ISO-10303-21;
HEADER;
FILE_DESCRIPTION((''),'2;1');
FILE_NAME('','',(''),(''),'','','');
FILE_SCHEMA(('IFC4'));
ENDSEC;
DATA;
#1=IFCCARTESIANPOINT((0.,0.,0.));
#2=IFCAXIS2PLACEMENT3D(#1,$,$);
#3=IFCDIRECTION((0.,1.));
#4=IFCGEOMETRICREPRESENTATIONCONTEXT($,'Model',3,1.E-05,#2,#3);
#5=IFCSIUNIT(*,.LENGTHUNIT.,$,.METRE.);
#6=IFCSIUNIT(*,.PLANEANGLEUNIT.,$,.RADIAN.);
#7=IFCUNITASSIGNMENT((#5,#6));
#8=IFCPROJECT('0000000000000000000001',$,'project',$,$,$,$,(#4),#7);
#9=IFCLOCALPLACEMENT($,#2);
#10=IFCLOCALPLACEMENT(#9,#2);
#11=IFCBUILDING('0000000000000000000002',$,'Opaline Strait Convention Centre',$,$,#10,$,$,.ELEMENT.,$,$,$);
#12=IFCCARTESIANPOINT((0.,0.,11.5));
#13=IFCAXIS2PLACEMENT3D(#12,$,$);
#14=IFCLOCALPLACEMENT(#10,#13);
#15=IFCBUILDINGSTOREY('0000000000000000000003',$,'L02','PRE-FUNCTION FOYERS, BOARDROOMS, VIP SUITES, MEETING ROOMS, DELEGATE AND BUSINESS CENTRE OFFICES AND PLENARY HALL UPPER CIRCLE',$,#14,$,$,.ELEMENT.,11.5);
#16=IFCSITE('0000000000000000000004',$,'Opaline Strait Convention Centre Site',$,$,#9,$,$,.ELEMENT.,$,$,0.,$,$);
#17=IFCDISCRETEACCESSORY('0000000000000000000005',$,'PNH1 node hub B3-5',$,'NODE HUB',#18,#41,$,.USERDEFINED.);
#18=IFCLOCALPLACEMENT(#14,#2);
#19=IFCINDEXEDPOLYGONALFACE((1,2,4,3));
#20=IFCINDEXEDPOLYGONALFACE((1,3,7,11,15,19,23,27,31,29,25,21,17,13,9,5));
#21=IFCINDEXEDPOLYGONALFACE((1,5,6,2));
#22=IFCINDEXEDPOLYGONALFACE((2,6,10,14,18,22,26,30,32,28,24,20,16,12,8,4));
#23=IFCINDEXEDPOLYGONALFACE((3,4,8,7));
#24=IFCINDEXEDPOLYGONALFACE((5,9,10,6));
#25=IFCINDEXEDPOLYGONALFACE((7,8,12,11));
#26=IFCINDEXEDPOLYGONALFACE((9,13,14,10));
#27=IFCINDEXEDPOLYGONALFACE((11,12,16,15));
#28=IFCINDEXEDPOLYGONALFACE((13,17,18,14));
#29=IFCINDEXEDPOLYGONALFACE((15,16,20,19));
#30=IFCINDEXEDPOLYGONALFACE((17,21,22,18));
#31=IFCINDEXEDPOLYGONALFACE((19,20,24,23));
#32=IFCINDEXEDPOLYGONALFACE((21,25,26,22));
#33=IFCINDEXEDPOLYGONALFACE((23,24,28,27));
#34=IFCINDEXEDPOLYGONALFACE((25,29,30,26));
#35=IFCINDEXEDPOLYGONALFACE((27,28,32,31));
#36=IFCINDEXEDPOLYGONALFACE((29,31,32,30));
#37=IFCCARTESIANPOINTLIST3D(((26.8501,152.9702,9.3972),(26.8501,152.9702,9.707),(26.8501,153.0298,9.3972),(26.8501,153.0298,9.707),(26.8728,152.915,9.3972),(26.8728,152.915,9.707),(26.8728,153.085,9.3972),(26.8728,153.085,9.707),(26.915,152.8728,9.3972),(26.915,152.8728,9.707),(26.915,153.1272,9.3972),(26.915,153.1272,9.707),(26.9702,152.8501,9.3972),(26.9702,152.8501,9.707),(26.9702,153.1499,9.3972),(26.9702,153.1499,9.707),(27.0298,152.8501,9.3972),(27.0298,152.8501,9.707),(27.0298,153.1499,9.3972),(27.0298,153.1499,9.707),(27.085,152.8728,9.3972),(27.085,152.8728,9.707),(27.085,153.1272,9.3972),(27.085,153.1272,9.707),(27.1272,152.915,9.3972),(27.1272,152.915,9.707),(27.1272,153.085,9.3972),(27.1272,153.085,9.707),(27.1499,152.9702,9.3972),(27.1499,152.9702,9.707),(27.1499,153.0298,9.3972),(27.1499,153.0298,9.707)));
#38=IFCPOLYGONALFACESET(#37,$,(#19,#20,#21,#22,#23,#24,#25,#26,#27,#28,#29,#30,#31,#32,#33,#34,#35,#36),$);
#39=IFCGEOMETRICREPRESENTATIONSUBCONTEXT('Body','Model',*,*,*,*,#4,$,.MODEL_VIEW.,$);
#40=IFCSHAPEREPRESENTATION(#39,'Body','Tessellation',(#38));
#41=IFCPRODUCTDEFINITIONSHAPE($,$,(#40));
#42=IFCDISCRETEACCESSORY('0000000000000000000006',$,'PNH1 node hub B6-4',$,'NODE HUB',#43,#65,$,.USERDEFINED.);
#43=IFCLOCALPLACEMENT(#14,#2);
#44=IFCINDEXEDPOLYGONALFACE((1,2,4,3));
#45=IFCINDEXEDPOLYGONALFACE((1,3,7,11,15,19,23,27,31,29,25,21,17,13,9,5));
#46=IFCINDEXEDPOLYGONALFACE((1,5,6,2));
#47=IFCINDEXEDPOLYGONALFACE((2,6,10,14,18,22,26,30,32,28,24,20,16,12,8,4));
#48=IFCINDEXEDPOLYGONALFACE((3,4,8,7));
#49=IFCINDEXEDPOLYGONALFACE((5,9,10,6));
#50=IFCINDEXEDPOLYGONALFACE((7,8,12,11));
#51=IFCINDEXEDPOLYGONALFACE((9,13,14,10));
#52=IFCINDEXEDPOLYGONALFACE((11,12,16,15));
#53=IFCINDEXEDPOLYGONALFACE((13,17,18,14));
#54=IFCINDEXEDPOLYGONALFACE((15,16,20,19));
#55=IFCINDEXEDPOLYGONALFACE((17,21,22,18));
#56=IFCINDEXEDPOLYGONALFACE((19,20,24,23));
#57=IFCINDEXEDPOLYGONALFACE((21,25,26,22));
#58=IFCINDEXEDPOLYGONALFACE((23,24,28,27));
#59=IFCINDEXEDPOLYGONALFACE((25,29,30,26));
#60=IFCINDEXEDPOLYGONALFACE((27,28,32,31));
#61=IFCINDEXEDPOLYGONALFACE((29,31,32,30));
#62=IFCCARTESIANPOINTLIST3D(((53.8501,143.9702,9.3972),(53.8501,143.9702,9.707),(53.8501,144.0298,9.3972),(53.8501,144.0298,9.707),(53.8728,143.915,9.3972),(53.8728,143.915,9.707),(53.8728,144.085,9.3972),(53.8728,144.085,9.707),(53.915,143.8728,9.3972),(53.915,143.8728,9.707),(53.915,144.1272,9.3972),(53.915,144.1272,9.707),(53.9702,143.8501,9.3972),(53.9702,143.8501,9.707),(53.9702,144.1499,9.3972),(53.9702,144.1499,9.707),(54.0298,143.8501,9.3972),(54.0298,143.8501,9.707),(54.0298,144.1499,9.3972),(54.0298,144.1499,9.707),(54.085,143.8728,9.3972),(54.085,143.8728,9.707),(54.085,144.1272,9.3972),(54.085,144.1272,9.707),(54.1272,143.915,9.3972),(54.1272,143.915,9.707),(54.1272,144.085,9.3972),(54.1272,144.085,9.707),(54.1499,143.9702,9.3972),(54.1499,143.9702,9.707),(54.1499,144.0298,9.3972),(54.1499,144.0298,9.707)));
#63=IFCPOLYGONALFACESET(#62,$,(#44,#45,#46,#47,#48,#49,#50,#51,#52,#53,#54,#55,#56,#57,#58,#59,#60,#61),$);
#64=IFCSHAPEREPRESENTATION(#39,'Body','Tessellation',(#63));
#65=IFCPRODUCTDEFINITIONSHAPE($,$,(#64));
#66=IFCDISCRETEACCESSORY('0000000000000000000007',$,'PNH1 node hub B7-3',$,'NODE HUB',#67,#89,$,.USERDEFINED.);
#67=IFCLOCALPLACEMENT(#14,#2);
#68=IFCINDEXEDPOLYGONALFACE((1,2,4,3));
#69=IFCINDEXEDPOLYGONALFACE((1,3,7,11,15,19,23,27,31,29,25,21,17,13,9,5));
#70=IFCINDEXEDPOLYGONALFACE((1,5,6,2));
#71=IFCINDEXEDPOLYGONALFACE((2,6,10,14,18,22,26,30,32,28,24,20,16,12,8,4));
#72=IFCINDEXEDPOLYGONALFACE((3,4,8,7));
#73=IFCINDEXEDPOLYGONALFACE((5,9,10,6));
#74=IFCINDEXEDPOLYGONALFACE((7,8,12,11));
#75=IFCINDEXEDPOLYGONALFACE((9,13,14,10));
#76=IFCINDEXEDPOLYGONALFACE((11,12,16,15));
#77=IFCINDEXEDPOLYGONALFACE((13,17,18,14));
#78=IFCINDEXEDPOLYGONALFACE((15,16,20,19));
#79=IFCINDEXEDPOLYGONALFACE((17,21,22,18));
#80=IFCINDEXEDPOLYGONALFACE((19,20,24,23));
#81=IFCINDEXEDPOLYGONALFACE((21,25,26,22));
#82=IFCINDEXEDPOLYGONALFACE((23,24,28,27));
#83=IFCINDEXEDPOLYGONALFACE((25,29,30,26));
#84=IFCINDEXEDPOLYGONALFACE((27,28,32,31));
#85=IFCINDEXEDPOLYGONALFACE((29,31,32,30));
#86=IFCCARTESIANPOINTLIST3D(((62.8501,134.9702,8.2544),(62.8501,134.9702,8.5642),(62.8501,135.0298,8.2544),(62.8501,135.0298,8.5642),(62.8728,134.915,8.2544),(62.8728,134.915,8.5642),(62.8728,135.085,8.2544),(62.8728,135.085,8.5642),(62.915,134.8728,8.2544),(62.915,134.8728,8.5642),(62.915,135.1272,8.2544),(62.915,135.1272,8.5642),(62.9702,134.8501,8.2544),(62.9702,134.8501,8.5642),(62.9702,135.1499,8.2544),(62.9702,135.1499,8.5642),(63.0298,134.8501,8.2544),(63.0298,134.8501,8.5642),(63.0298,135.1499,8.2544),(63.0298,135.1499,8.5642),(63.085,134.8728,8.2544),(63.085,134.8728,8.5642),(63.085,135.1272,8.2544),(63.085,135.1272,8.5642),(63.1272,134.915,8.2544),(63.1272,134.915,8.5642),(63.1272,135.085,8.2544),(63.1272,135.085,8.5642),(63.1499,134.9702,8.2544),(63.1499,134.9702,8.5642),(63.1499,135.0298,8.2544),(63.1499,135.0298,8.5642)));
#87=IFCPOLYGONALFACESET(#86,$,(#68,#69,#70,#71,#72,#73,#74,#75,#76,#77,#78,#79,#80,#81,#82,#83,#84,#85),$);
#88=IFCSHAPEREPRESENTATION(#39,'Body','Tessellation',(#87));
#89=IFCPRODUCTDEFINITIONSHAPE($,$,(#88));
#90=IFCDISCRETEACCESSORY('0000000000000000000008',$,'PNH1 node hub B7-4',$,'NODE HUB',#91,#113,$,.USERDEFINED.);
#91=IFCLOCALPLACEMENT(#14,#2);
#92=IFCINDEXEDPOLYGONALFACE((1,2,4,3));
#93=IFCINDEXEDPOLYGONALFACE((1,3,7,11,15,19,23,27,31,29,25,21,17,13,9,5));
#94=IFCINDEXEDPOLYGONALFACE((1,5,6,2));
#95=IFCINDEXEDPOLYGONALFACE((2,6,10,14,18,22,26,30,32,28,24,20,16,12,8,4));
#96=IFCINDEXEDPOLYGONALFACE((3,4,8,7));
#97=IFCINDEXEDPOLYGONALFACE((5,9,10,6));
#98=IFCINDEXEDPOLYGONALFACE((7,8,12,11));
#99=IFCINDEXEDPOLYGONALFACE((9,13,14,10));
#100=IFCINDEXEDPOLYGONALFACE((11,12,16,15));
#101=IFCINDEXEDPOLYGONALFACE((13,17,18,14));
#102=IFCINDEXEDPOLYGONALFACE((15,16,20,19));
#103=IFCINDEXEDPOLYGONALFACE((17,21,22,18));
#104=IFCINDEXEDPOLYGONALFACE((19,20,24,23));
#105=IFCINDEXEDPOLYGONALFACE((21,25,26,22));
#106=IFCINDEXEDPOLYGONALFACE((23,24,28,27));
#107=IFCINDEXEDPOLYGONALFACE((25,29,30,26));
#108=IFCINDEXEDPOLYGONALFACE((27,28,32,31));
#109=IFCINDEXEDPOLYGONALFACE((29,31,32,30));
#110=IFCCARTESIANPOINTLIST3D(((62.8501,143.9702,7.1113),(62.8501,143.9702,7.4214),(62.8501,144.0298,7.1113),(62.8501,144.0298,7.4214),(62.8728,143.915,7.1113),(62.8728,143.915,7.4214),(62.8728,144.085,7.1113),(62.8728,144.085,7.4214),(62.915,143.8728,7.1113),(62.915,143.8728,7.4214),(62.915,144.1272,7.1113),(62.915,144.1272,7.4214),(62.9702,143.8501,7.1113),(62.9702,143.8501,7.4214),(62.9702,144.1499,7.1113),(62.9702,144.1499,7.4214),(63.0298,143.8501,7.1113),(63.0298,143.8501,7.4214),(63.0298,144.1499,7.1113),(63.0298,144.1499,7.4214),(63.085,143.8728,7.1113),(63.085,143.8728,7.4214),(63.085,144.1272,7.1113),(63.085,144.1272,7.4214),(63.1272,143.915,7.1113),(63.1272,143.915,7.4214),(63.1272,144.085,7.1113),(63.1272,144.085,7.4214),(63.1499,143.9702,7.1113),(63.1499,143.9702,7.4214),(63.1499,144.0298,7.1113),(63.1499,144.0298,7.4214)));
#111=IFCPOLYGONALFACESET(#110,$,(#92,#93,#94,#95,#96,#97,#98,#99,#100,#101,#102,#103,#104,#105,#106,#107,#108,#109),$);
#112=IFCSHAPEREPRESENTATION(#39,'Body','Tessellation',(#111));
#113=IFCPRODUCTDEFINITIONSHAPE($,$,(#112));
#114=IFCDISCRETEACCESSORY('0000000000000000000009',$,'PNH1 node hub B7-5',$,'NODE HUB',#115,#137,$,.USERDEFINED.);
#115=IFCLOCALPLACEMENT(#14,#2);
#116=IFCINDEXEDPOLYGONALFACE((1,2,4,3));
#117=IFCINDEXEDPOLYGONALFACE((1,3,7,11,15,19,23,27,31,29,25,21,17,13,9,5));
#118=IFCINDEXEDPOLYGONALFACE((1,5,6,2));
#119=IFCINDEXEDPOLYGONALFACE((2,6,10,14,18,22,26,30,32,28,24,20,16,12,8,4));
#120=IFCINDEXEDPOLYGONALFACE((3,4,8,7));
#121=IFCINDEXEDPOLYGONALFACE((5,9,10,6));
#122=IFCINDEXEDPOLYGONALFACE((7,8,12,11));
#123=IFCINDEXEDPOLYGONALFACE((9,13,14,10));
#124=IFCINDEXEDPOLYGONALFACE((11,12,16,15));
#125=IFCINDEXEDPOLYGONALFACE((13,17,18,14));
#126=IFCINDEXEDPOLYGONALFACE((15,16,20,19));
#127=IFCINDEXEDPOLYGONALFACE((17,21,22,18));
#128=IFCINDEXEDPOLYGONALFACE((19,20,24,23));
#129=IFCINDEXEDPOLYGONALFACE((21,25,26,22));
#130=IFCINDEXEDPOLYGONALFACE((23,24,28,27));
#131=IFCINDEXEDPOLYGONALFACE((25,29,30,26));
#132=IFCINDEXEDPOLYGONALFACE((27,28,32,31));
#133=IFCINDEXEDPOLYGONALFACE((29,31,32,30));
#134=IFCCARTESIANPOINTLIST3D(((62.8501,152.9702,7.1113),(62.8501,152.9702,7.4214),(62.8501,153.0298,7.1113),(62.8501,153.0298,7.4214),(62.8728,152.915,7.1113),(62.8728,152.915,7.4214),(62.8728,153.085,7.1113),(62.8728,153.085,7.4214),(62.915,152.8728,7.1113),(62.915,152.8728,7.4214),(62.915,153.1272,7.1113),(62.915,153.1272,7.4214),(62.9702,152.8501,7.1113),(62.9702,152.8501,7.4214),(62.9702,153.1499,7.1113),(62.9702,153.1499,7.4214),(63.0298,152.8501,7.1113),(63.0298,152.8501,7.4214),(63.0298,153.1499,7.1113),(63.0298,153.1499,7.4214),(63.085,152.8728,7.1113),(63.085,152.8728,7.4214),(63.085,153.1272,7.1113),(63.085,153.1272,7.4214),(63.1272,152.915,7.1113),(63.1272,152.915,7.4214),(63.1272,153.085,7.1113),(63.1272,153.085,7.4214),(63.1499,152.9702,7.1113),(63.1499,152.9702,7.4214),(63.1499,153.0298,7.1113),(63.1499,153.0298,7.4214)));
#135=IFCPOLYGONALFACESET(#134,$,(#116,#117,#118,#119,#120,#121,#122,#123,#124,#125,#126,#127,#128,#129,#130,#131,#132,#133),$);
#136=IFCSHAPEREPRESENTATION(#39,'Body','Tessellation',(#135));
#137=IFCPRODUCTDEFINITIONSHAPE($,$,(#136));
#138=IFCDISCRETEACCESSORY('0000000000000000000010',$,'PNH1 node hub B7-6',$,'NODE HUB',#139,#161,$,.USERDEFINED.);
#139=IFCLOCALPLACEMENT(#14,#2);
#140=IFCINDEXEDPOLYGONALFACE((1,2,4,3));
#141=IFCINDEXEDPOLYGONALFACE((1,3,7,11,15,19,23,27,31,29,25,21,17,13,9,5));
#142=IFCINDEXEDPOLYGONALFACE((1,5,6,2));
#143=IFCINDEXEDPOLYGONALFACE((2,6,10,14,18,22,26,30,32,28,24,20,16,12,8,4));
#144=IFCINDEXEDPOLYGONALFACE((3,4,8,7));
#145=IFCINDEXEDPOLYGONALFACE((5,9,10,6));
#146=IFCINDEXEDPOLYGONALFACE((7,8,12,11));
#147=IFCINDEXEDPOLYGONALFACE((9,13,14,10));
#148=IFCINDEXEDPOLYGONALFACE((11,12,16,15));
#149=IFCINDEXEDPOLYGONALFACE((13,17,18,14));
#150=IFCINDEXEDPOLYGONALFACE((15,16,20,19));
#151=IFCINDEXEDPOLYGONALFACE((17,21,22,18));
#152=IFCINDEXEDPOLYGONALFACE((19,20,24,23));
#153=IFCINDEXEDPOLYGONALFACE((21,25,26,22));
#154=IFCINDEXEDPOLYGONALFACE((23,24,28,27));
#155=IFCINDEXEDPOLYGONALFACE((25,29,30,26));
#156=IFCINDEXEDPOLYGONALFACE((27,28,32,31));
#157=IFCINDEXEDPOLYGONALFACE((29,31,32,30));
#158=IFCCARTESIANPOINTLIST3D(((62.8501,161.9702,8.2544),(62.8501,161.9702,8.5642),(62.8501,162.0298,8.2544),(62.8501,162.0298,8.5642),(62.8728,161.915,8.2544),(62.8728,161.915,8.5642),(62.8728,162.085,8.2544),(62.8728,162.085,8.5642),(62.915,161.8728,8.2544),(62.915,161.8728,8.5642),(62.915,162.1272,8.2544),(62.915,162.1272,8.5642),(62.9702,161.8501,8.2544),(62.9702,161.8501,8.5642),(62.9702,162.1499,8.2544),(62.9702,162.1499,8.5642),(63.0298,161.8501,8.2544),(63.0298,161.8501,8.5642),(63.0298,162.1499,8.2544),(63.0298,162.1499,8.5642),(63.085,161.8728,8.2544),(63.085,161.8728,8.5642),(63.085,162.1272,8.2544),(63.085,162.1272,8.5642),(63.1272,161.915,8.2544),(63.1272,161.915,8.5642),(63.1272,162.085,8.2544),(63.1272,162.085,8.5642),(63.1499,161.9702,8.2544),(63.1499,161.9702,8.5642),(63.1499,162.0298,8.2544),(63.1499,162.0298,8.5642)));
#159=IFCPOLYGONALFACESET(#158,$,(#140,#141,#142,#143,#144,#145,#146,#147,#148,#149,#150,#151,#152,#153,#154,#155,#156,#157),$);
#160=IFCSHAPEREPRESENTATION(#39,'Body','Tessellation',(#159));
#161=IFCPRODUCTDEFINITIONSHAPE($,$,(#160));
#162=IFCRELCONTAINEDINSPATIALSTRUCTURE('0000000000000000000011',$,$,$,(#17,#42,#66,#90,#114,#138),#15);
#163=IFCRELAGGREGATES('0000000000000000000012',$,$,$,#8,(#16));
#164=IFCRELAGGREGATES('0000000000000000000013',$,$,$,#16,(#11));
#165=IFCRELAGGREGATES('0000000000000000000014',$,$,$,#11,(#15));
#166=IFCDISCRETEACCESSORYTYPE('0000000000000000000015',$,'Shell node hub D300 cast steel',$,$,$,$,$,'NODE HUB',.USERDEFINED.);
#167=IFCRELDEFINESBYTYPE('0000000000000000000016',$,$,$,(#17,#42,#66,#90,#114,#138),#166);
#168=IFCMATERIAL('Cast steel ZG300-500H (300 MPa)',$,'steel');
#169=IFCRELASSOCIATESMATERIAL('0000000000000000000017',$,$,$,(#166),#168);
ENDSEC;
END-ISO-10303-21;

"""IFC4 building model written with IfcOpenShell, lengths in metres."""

from ifc_helpers import new_model, si_unit, direction, frame, origin, place, context, subcontext, project, spatial, polyline, outline, extrude, material, type_object, element, save


model = new_model("IFC4")

# Units and contexts
model_context = context("Model", 3, precision=1e-05, world=origin(), true_north=direction((0.0, 1.0)))
body_context = subcontext(model_context, "Body", "Model", "MODEL_VIEW")
ifc_project = project(units=[si_unit("LENGTHUNIT", "METRE"), si_unit("PLANEANGLEUNIT", "RADIAN")], contexts=[model_context])

# Site, building, storey
site_placement = place(None, origin())
site = spatial("IfcSite", under=ifc_project, at=site_placement, Name="Opaline Strait Convention Centre Site", CompositionType="ELEMENT", RefElevation=0.0)
building_placement = place(site_placement, origin())
building = spatial("IfcBuilding", under=site, at=building_placement, Name="Opaline Strait Convention Centre", CompositionType="ELEMENT")
storey_placement = place(building_placement, frame((0.0, 0.0, 11.5)))
storey = spatial("IfcBuildingStorey", under=building, at=storey_placement, Name="L02", Description="PRE-FUNCTION FOYERS, BOARDROOMS, VIP SUITES, MEETING ROOMS, DELEGATE AND BUSINESS CENTRE OFFICES AND PLENARY HALL UPPER CIRCLE", CompositionType="ELEMENT", Elevation=11.5)

# Discrete accessories
ifc_material = material(Name="Cast steel ZG300-500H (300 MPa)", Category="steel")
discrete_accessory_type = type_object("IfcDiscreteAccessoryType", Name="Shell node hub D300 cast steel", ElementType="NODE HUB", PredefinedType="USERDEFINED", material=ifc_material)
discrete_accessory_1_placement = place(storey_placement, frame((0.0, 0.0, 9.3972)))
element("IfcDiscreteAccessory", 1, at=discrete_accessory_1_placement, inside=storey, type_object=discrete_accessory_type, Name="PNH1 node hub B3-5", ObjectType="NODE HUB", PredefinedType="USERDEFINED", context=body_context, shape_type="SweptSolid", body=[
    extrude(outline(polyline([(27.1499, 153.0298), (27.1272, 153.085), (27.085, 153.1272), (27.0298, 153.1499), (26.9702, 153.1499), (26.915, 153.1272), (26.8728, 153.085), (26.8501, 153.0298), (26.8501, 152.9702), (26.8728, 152.915), (26.915, 152.8728), (26.9702, 152.8501), (27.0298, 152.8501), (27.085, 152.8728), (27.1272, 152.915), (27.1499, 152.9702), (27.1499, 153.0298)])), origin(), (0.0, 0.0, 1.0), 0.3098),
])
discrete_accessory_2_placement = place(storey_placement, frame((0.0, 0.0, 9.3972)))
element("IfcDiscreteAccessory", 2, at=discrete_accessory_2_placement, inside=storey, type_object=discrete_accessory_type, Name="PNH1 node hub B6-4", ObjectType="NODE HUB", PredefinedType="USERDEFINED", context=body_context, shape_type="SweptSolid", body=[
    extrude(outline(polyline([(54.1499, 144.0298), (54.1272, 144.085), (54.085, 144.1272), (54.0298, 144.1499), (53.9702, 144.1499), (53.915, 144.1272), (53.8728, 144.085), (53.8501, 144.0298), (53.8501, 143.9702), (53.8728, 143.915), (53.915, 143.8728), (53.9702, 143.8501), (54.0298, 143.8501), (54.085, 143.8728), (54.1272, 143.915), (54.1499, 143.9702), (54.1499, 144.0298)])), origin(), (0.0, 0.0, 1.0), 0.3098),
])
discrete_accessory_3_placement = place(storey_placement, frame((0.0, 0.0, 8.2544)))
element("IfcDiscreteAccessory", 3, at=discrete_accessory_3_placement, inside=storey, type_object=discrete_accessory_type, Name="PNH1 node hub B7-3", ObjectType="NODE HUB", PredefinedType="USERDEFINED", context=body_context, shape_type="SweptSolid", body=[
    extrude(outline(polyline([(63.1499, 135.0298), (63.1272, 135.085), (63.085, 135.1272), (63.0298, 135.1499), (62.9702, 135.1499), (62.915, 135.1272), (62.8728, 135.085), (62.8501, 135.0298), (62.8501, 134.9702), (62.8728, 134.915), (62.915, 134.8728), (62.9702, 134.8501), (63.0298, 134.8501), (63.085, 134.8728), (63.1272, 134.915), (63.1499, 134.9702), (63.1499, 135.0298)])), origin(), (0.0, 0.0, 1.0), 0.3098),
])
discrete_accessory_4_placement = place(storey_placement, frame((0.0, 0.0, 7.1113)))
element("IfcDiscreteAccessory", 4, at=discrete_accessory_4_placement, inside=storey, type_object=discrete_accessory_type, Name="PNH1 node hub B7-4", ObjectType="NODE HUB", PredefinedType="USERDEFINED", context=body_context, shape_type="SweptSolid", body=[
    extrude(outline(polyline([(63.1499, 144.0298), (63.1272, 144.085), (63.085, 144.1272), (63.0298, 144.1499), (62.9702, 144.1499), (62.915, 144.1272), (62.8728, 144.085), (62.8501, 144.0298), (62.8501, 143.9702), (62.8728, 143.915), (62.915, 143.8728), (62.9702, 143.8501), (63.0298, 143.8501), (63.085, 143.8728), (63.1272, 143.915), (63.1499, 143.9702), (63.1499, 144.0298)])), origin(), (0.0, 0.0, 1.0), 0.3101),
])
discrete_accessory_5_placement = place(storey_placement, frame((0.0, 0.0, 7.1113)))
element("IfcDiscreteAccessory", 5, at=discrete_accessory_5_placement, inside=storey, type_object=discrete_accessory_type, Name="PNH1 node hub B7-5", ObjectType="NODE HUB", PredefinedType="USERDEFINED", context=body_context, shape_type="SweptSolid", body=[
    extrude(outline(polyline([(63.1499, 153.0298), (63.1272, 153.085), (63.085, 153.1272), (63.0298, 153.1499), (62.9702, 153.1499), (62.915, 153.1272), (62.8728, 153.085), (62.8501, 153.0298), (62.8501, 152.9702), (62.8728, 152.915), (62.915, 152.8728), (62.9702, 152.8501), (63.0298, 152.8501), (63.085, 152.8728), (63.1272, 152.915), (63.1499, 152.9702), (63.1499, 153.0298)])), origin(), (0.0, 0.0, 1.0), 0.3101),
])
discrete_accessory_6_placement = place(storey_placement, frame((0.0, 0.0, 8.2544)))
element("IfcDiscreteAccessory", 6, at=discrete_accessory_6_placement, inside=storey, type_object=discrete_accessory_type, Name="PNH1 node hub B7-6", ObjectType="NODE HUB", PredefinedType="USERDEFINED", context=body_context, shape_type="SweptSolid", body=[
    extrude(outline(polyline([(63.1499, 162.0298), (63.1272, 162.085), (63.085, 162.1272), (63.0298, 162.1499), (62.9702, 162.1499), (62.915, 162.1272), (62.8728, 162.085), (62.8501, 162.0298), (62.8501, 161.9702), (62.8728, 161.915), (62.915, 161.8728), (62.9702, 161.8501), (63.0298, 161.8501), (63.085, 161.8728), (63.1272, 161.915), (63.1499, 161.9702), (63.1499, 162.0298)])), origin(), (0.0, 0.0, 1.0), 0.3098),
])

save(model, "model.ifc")
